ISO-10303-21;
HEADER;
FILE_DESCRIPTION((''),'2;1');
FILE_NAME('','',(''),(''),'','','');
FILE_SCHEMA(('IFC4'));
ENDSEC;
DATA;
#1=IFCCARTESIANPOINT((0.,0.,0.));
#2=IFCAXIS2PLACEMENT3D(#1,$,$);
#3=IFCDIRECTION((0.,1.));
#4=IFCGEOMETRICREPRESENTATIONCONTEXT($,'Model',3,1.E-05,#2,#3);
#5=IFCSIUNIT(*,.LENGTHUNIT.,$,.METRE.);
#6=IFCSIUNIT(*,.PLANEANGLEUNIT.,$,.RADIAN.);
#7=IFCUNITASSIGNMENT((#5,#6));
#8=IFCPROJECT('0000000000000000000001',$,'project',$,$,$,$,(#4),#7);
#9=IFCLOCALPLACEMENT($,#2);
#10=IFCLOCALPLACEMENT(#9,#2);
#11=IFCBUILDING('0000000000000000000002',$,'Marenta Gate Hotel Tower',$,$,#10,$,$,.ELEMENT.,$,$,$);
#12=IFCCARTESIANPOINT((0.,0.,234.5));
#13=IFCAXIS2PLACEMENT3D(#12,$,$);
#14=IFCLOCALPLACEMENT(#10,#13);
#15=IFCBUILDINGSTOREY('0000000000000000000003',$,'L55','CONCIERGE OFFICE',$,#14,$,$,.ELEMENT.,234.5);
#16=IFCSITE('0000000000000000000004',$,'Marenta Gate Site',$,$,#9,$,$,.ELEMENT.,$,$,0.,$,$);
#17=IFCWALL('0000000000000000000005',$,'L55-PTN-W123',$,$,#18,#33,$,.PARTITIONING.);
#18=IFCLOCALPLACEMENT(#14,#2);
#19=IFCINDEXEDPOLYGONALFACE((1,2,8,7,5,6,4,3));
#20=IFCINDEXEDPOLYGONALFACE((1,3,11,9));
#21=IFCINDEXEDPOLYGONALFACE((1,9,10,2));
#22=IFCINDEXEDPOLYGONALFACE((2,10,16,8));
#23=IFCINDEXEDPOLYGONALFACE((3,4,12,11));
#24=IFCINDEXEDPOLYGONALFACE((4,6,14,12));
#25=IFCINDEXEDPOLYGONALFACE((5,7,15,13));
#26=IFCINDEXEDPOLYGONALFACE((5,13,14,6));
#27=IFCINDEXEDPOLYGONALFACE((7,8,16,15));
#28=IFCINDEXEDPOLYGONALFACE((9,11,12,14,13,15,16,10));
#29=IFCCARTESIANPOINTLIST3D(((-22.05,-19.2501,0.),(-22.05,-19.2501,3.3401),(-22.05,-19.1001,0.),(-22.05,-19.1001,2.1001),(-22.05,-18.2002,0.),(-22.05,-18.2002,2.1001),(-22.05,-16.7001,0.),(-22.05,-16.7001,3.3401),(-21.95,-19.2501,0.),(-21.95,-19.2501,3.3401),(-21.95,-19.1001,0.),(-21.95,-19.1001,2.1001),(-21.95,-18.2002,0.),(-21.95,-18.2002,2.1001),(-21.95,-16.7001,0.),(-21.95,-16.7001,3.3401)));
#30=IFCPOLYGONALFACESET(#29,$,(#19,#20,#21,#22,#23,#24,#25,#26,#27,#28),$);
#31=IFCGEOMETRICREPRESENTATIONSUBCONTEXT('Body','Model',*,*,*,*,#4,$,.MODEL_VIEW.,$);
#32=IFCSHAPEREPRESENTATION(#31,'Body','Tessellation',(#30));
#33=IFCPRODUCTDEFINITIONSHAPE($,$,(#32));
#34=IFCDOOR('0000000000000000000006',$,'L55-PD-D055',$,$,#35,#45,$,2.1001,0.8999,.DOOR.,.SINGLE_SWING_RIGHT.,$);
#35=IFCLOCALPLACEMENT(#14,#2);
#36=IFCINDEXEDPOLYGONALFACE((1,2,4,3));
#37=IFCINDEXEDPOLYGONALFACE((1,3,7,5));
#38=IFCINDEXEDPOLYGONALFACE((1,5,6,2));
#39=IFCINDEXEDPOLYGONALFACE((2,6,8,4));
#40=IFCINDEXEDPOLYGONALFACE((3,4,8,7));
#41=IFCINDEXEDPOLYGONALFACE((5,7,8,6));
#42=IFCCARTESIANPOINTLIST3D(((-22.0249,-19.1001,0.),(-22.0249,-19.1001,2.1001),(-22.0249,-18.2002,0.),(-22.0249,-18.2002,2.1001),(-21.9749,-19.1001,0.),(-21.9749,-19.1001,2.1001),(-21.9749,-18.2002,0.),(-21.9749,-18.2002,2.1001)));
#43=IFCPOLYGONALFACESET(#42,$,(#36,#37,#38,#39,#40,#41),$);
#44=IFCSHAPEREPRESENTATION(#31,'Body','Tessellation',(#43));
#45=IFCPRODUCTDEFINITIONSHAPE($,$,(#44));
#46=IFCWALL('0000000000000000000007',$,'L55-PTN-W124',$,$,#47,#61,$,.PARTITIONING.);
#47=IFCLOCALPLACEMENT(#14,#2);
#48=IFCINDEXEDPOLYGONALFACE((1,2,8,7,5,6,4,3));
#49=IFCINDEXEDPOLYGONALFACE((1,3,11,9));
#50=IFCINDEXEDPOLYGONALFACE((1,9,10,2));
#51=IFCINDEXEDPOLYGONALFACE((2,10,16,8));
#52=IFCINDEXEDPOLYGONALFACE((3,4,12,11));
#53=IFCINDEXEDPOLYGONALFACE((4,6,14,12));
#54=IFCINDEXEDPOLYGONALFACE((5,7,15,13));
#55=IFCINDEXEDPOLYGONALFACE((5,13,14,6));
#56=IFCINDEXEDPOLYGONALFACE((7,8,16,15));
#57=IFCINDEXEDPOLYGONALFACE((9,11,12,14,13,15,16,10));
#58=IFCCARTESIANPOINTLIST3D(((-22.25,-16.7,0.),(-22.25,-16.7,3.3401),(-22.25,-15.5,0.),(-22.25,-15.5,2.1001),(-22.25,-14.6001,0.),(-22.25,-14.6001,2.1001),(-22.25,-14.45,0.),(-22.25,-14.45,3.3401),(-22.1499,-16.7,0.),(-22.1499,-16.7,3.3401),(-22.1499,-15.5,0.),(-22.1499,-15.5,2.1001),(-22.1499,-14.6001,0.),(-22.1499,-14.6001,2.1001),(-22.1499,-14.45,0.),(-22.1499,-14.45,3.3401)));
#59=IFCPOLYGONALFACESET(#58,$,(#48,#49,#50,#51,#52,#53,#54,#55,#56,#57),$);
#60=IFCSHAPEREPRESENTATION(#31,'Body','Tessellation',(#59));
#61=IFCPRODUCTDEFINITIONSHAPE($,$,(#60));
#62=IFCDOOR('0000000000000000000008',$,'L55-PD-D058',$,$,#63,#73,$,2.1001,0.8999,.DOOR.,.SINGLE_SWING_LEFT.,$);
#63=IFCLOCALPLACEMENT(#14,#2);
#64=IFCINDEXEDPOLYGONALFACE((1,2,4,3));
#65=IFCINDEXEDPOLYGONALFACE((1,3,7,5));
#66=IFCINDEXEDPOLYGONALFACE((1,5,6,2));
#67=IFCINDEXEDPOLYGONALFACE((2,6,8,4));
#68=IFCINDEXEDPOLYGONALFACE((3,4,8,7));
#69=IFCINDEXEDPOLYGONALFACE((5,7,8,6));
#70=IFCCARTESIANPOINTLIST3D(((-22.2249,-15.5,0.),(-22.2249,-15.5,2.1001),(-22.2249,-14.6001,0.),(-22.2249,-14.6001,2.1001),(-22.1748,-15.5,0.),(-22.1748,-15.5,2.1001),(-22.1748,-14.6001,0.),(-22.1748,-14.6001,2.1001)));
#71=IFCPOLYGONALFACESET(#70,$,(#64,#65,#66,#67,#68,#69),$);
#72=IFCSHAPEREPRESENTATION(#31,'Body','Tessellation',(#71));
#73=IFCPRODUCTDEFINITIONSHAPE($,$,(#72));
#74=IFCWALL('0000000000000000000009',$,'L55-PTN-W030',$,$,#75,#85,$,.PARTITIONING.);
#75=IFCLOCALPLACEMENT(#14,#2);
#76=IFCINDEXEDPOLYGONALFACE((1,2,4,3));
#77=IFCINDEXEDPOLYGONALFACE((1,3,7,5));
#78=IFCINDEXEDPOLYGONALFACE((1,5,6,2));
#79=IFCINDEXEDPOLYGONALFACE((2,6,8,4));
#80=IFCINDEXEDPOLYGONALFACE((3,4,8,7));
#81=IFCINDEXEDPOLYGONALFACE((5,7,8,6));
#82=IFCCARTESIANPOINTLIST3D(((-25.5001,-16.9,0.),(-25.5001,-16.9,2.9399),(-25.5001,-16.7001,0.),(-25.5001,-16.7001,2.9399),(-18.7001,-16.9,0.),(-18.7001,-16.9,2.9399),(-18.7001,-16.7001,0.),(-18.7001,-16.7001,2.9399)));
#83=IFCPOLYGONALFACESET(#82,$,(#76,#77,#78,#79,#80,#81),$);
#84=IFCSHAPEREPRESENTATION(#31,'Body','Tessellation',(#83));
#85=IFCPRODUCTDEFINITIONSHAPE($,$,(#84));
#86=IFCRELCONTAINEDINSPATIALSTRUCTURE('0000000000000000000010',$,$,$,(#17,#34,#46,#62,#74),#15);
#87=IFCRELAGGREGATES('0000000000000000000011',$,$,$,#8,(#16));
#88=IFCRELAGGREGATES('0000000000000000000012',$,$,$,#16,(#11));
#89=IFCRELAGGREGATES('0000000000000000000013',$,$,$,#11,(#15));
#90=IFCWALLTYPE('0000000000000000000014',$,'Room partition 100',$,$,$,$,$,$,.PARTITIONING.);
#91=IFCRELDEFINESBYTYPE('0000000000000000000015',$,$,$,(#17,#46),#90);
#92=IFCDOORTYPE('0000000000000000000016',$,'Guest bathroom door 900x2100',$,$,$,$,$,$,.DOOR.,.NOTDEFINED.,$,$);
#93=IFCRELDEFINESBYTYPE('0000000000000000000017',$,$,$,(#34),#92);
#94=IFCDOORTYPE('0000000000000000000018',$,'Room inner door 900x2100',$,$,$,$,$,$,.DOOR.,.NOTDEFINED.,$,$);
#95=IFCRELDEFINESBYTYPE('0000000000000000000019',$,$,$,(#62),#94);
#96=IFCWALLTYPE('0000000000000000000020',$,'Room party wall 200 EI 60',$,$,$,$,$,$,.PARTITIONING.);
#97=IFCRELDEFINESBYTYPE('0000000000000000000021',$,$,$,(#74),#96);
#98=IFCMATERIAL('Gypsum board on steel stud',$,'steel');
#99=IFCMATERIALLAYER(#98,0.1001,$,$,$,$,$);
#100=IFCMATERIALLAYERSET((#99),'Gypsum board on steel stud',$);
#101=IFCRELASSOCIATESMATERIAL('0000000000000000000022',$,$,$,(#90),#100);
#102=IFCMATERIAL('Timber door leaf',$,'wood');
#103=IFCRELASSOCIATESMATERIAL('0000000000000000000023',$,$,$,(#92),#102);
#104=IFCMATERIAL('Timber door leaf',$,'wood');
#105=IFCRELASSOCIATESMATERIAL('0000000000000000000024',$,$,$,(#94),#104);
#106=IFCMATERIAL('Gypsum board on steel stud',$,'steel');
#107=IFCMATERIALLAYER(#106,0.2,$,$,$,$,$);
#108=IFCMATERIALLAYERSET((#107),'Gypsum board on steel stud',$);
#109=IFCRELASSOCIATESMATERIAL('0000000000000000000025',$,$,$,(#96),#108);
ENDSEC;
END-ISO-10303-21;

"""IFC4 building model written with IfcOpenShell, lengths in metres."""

from ifc_helpers import new_model, si_unit, direction, frame, frame_2d, origin, place, context, subcontext, project, spatial, rectangle, extrude, material, layer, layer_set, type_object, element, fill, save


model = new_model("IFC4")

# Units and contexts
model_context = context("Model", 3, precision=1e-05, world=origin(), true_north=direction((0.0, 1.0)))
body_context = subcontext(model_context, "Body", "Model", "MODEL_VIEW")
ifc_project = project(units=[si_unit("LENGTHUNIT", "METRE"), si_unit("PLANEANGLEUNIT", "RADIAN")], contexts=[model_context])

# Site, building, storey
site_placement = place(None, origin())
site = spatial("IfcSite", under=ifc_project, at=site_placement, Name="Marenta Gate Site", CompositionType="ELEMENT", RefElevation=0.0)
building_placement = place(site_placement, origin())
building = spatial("IfcBuilding", under=site, at=building_placement, Name="Marenta Gate Hotel Tower", CompositionType="ELEMENT")
storey_placement = place(building_placement, frame((0.0, 0.0, 234.5)))
storey = spatial("IfcBuildingStorey", under=building, at=storey_placement, Name="L55", Description="CONCIERGE OFFICE", CompositionType="ELEMENT", Elevation=234.5)

# Shared definitions
ifc_material_1 = material(Name="Gypsum board on steel stud", Category="steel")
ifc_layer_1 = layer(ifc_material_1, 0.1001)
ifc_layer_set_1 = layer_set([ifc_layer_1], Name="Gypsum board on steel stud")
wall_type_1 = type_object("IfcWallType", Name="Room partition 100", PredefinedType="PARTITIONING", material=ifc_layer_set_1)

# Walls, openings, doors
wall_1_placement = place(storey_placement, frame((-22.0, -19.25, 0.0), z_axis=(0.0, 0.0, 1.0), x_axis=(0.0, 1.0, 0.0)))
wall_1 = element("IfcWall", 1, at=wall_1_placement, inside=storey, type_object=wall_type_1, Name="L55-PTN-W123", PredefinedType="PARTITIONING", context=body_context, shape_type="SweptSolid", body=[
    extrude(rectangle(XDim=2.55, YDim=0.1001, at=frame_2d((1.2749, 0.0))), origin(), (0.0, 0.0, 1.0), 3.3401),
])
opening_1_placement = place(wall_1_placement, frame((0.1499, 0.0, 0.0)))
opening_1 = element("IfcOpeningElement", 2, at=opening_1_placement, cuts=wall_1, PredefinedType="OPENING", context=body_context, shape_type="SweptSolid", body=[
    extrude(rectangle(XDim=0.8999, YDim=2.1001, at=frame_2d((0.45, 1.05))), frame((0.0, 0.05, 0.0), z_axis=(0.0, -1.0, 0.0), x_axis=(1.0, 0.0, 0.0)), (0.0, 0.0, 1.0), 0.1001),
])
ifc_material_2 = material(Name="Timber door leaf", Category="wood")
door_type_1 = type_object("IfcDoorType", Name="Guest bathroom door 900x2100", OperationType="NOTDEFINED", PredefinedType="DOOR", material=ifc_material_2)
door_1_placement = place(opening_1_placement, origin())
door_1 = element("IfcDoor", 3, at=door_1_placement, inside=storey, type_object=door_type_1, Name="L55-PD-D055", OperationType="SINGLE_SWING_RIGHT", OverallHeight=2.1001, OverallWidth=0.8999, PredefinedType="DOOR", context=body_context, shape_type="SweptSolid", body=[
    extrude(rectangle(XDim=0.8999, YDim=2.1001, at=frame_2d((0.45, 1.05))), frame((0.0, 0.0249, 0.0), z_axis=(0.0, -1.0, 0.0), x_axis=(1.0, 0.0, 0.0)), (0.0, 0.0, 1.0), 0.05),
])
fill(opening_1, door_1)
wall_2_placement = place(storey_placement, frame((-22.2, -16.7, 0.0), z_axis=(0.0, 0.0, 1.0), x_axis=(0.0, 1.0, 0.0)))
wall_2 = element("IfcWall", 4, at=wall_2_placement, inside=storey, type_object=wall_type_1, Name="L55-PTN-W124", PredefinedType="PARTITIONING", context=body_context, shape_type="SweptSolid", body=[
    extrude(rectangle(XDim=2.25, YDim=0.1001, at=frame_2d((1.125, 0.0))), origin(), (0.0, 0.0, 1.0), 3.3401),
])
opening_2_placement = place(wall_2_placement, frame((1.2, 0.0, 0.0)))
opening_2 = element("IfcOpeningElement", 5, at=opening_2_placement, cuts=wall_2, PredefinedType="OPENING", context=body_context, shape_type="SweptSolid", body=[
    extrude(rectangle(XDim=0.8999, YDim=2.1001, at=frame_2d((0.45, 1.05))), frame((0.0, 0.05, 0.0), z_axis=(0.0, -1.0, 0.0), x_axis=(1.0, 0.0, 0.0)), (0.0, 0.0, 1.0), 0.1001),
])
ifc_material_3 = material(Name="Timber door leaf", Category="wood")
door_type_2 = type_object("IfcDoorType", Name="Room inner door 900x2100", OperationType="NOTDEFINED", PredefinedType="DOOR", material=ifc_material_3)
door_2_placement = place(opening_2_placement, origin())
door_2 = element("IfcDoor", 6, at=door_2_placement, inside=storey, type_object=door_type_2, Name="L55-PD-D058", OperationType="SINGLE_SWING_LEFT", OverallHeight=2.1001, OverallWidth=0.8999, PredefinedType="DOOR", context=body_context, shape_type="SweptSolid", body=[
    extrude(rectangle(XDim=0.8999, YDim=2.1001, at=frame_2d((0.45, 1.05))), frame((0.0, 0.0249, 0.0), z_axis=(0.0, -1.0, 0.0), x_axis=(1.0, 0.0, 0.0)), (0.0, 0.0, 1.0), 0.05),
])
fill(opening_2, door_2)

# Wall
ifc_material_4 = material(Name="Gypsum board on steel stud", Category="steel")
ifc_layer_2 = layer(ifc_material_4, 0.2)
ifc_layer_set_2 = layer_set([ifc_layer_2], Name="Gypsum board on steel stud")
wall_type_2 = type_object("IfcWallType", Name="Room party wall 200 EI 60", PredefinedType="PARTITIONING", material=ifc_layer_set_2)
wall_3_placement = place(storey_placement, frame((-25.5, -16.8, 0.0), z_axis=(0.0, 0.0, 1.0), x_axis=(1.0, 0.0, 0.0)))
element("IfcWall", 7, at=wall_3_placement, inside=storey, type_object=wall_type_2, Name="L55-PTN-W030", PredefinedType="PARTITIONING", context=body_context, shape_type="SweptSolid", body=[
    extrude(rectangle(XDim=6.8, YDim=0.2, at=frame_2d((3.3999, 0.0))), origin(), (0.0, 0.0, 1.0), 2.9399),
])

save(model, "model.ifc")
